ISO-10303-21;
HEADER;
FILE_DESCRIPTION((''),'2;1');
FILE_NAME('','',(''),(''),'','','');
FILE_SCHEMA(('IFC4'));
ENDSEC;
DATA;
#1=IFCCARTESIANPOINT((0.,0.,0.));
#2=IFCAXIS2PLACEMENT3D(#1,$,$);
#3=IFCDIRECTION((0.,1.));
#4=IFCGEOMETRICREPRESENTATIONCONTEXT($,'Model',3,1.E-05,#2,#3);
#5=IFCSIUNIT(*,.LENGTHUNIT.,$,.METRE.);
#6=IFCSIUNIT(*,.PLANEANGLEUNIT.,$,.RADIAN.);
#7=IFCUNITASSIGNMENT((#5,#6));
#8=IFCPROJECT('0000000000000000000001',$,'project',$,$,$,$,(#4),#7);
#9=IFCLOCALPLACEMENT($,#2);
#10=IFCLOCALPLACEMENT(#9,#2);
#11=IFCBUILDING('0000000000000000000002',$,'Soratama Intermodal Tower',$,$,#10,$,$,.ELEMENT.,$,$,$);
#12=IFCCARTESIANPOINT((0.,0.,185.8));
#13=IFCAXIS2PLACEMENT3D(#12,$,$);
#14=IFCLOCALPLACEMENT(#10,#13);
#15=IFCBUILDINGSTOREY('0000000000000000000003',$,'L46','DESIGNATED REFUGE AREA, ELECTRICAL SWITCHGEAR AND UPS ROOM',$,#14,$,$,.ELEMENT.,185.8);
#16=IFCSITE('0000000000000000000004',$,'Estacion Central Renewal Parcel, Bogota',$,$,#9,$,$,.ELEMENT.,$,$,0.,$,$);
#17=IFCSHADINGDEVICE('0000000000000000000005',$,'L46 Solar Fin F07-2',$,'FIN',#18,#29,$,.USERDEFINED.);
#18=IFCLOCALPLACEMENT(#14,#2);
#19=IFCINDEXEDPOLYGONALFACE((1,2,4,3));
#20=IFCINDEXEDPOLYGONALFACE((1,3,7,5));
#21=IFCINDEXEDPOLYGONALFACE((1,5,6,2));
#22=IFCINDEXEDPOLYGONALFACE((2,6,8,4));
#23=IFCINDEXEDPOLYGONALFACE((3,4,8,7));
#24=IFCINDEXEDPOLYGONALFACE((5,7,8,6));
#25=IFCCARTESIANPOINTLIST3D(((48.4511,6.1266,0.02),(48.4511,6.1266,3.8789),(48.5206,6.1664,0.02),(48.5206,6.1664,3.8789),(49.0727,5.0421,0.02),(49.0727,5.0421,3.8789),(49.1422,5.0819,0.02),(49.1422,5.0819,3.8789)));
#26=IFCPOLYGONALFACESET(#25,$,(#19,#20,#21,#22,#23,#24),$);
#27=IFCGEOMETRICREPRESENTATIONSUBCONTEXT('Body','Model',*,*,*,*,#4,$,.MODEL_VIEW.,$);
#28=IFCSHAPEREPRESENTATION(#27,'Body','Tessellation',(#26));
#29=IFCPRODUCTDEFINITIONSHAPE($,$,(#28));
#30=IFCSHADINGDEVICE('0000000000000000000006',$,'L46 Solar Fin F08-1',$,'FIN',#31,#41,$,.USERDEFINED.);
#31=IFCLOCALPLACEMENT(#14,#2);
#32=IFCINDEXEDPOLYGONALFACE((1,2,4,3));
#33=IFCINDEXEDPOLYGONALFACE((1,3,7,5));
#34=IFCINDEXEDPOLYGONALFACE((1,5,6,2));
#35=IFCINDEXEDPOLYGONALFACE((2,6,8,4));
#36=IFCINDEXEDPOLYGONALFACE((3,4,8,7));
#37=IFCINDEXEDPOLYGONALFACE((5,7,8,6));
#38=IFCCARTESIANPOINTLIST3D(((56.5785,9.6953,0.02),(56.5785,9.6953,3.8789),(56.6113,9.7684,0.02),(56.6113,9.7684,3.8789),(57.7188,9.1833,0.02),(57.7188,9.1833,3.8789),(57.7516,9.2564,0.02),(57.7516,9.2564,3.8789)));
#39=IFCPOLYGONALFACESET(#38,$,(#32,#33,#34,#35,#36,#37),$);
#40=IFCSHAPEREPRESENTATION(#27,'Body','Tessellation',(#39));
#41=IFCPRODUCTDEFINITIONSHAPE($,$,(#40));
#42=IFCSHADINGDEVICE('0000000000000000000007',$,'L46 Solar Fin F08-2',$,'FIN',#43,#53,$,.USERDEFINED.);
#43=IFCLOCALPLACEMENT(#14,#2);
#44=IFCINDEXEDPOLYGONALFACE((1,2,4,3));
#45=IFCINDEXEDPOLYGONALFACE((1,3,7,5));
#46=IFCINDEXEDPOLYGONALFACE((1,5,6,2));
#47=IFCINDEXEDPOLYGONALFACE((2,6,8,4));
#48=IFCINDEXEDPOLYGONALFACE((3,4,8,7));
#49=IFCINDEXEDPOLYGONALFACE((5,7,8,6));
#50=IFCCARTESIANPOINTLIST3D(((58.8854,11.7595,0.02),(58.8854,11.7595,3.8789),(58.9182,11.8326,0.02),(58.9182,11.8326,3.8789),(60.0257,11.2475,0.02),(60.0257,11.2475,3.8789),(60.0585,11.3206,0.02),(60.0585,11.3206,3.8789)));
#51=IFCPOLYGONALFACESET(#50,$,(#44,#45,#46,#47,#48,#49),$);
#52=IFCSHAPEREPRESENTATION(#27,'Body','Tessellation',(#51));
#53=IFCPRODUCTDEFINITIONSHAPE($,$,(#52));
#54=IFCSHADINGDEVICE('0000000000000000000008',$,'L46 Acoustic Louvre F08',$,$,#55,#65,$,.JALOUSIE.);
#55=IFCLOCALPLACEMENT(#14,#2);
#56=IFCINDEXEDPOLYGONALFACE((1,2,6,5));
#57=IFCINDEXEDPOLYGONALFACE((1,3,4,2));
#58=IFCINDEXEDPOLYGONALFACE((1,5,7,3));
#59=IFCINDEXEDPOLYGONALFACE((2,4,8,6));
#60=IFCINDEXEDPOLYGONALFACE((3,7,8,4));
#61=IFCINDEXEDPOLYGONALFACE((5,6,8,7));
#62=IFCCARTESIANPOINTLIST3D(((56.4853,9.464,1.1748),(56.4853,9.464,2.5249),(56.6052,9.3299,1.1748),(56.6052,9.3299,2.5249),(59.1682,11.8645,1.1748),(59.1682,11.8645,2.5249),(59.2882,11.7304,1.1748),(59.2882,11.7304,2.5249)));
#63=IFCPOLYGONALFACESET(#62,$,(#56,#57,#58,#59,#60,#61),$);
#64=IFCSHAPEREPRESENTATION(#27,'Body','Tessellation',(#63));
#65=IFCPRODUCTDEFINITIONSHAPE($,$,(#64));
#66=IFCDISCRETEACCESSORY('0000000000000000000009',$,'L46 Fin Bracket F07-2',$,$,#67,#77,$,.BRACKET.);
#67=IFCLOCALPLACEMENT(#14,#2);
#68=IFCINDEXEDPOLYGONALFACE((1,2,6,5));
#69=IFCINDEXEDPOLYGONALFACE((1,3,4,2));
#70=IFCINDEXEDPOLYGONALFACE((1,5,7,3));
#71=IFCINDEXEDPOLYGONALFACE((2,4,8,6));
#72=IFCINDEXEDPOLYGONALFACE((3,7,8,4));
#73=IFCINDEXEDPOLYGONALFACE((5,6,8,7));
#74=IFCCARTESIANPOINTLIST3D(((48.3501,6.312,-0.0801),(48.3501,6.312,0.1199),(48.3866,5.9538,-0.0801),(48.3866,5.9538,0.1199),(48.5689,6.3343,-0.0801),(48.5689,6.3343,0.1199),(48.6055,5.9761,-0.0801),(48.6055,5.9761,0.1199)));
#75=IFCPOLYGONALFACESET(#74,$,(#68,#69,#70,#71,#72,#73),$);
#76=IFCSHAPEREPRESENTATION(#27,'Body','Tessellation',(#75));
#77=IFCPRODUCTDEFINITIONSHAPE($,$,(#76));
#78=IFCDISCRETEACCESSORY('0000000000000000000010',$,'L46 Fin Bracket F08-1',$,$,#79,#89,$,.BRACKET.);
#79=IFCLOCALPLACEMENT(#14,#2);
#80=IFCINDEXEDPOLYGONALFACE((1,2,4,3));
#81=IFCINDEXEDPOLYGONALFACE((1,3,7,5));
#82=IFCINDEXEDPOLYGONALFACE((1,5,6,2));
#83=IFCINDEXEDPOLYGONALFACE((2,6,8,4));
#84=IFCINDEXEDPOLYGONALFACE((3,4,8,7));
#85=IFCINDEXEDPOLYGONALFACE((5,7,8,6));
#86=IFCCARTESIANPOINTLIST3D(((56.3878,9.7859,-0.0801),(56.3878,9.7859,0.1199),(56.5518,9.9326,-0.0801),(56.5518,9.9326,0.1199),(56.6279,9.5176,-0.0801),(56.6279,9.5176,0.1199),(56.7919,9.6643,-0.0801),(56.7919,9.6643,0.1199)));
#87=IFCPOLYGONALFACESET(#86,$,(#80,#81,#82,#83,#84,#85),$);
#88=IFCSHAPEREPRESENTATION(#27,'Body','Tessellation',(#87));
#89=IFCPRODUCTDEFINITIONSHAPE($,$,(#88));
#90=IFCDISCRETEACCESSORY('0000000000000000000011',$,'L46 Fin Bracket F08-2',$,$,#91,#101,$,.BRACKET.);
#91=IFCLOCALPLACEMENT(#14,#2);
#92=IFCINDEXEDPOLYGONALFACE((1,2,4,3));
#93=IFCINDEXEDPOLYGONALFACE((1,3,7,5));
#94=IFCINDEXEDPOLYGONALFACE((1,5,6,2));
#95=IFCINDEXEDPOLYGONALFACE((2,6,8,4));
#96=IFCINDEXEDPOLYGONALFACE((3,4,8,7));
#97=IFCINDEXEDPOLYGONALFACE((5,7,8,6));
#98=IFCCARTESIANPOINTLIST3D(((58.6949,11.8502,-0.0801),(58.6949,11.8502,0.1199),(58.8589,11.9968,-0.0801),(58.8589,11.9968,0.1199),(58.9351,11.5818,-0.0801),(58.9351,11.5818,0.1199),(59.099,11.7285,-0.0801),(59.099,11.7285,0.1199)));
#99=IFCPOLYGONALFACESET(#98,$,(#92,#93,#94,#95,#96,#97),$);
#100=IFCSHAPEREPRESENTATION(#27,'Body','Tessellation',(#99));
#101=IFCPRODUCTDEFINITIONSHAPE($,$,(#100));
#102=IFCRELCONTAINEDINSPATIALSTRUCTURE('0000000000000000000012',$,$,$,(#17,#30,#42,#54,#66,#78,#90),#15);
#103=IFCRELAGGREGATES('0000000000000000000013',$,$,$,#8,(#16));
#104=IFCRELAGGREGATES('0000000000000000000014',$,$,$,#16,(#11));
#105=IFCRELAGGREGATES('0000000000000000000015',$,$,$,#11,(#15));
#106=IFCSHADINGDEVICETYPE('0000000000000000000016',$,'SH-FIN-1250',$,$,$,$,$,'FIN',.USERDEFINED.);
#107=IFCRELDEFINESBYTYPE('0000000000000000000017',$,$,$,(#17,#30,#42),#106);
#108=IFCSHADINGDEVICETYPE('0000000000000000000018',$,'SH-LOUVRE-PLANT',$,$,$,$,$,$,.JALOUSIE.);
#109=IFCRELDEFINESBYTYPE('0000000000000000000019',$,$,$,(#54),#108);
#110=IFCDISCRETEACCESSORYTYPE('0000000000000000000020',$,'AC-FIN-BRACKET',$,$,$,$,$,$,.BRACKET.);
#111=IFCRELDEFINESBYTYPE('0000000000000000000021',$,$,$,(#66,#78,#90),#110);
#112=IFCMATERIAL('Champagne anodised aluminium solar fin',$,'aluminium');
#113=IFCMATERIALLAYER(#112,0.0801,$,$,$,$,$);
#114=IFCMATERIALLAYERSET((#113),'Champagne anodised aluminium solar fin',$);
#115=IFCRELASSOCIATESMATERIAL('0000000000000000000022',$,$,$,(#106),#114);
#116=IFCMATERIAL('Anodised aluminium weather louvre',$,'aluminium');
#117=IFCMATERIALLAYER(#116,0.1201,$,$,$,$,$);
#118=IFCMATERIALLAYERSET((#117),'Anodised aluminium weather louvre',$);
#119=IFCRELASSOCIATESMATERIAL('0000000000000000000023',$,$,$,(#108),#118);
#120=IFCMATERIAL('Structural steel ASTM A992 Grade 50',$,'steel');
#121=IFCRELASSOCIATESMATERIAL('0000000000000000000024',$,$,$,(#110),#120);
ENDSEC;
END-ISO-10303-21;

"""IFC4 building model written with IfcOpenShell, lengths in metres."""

from ifc_helpers import new_model, si_unit, direction, frame, origin, origin_2d, place, context, subcontext, project, spatial, rectangle, extrude, material, layer, layer_set, type_object, element, save


model = new_model("IFC4")

# Units and contexts
model_context = context("Model", 3, precision=1e-05, world=origin(), true_north=direction((0.0, 1.0)))
body_context = subcontext(model_context, "Body", "Model", "MODEL_VIEW")
ifc_project = project(units=[si_unit("LENGTHUNIT", "METRE"), si_unit("PLANEANGLEUNIT", "RADIAN")], contexts=[model_context])

# Site, building, storey
site_placement = place(None, origin())
site = spatial("IfcSite", under=ifc_project, at=site_placement, Name="Estacion Central Renewal Parcel, Bogota", CompositionType="ELEMENT", RefElevation=0.0)
building_placement = place(site_placement, origin())
building = spatial("IfcBuilding", under=site, at=building_placement, Name="Soratama Intermodal Tower", CompositionType="ELEMENT")
storey_placement = place(building_placement, frame((0.0, 0.0, 185.8)))
storey = spatial("IfcBuildingStorey", under=building, at=storey_placement, Name="L46", Description="DESIGNATED REFUGE AREA, ELECTRICAL SWITCHGEAR AND UPS ROOM", CompositionType="ELEMENT", Elevation=185.8)

# Shading devices
ifc_material_1 = material(Name="Champagne anodised aluminium solar fin", Category="aluminium")
ifc_layer_1 = layer(ifc_material_1, 0.0801)
ifc_layer_set_1 = layer_set([ifc_layer_1], Name="Champagne anodised aluminium solar fin")
shading_device_type_1 = type_object("IfcShadingDeviceType", Name="SH-FIN-1250", ElementType="FIN", PredefinedType="USERDEFINED", material=ifc_layer_set_1)
for number, where, z_axis, x_axis, name in (
    (1, (48.7966, 5.6042, 0.02), (0.0, 0.0, 1.0), (0.497277, -0.867592, 0.0), "L46 Solar Fin F07-2"),
    (2, (57.165, 9.4758, 0.02), (0.0, 0.0, 1.0), (0.912263, -0.409605, 0.0), "L46 Solar Fin F08-1"),
    (3, (59.4719, 11.54, 0.02), (0.0, 0.0, 1.0), (0.912263, -0.409605, 0.0), "L46 Solar Fin F08-2"),
):
    element("IfcShadingDevice", number, at=place(storey_placement, frame(where, z_axis=z_axis, x_axis=x_axis)), inside=storey, type_object=shading_device_type_1, Name=name, ObjectType="FIN", PredefinedType="USERDEFINED", context=body_context, shape_type="SweptSolid", body=[
        extrude(rectangle(XDim=1.25, YDim=0.0801, at=origin_2d()), origin(), (0.0, 0.0, 1.0), 3.8589),
    ])
ifc_material_2 = material(Name="Anodised aluminium weather louvre", Category="aluminium")
ifc_layer_2 = layer(ifc_material_2, 0.1201)
ifc_layer_set_2 = layer_set([ifc_layer_2], Name="Anodised aluminium weather louvre")
shading_device_type_2 = type_object("IfcShadingDeviceType", Name="SH-LOUVRE-PLANT", PredefinedType="JALOUSIE", material=ifc_layer_set_2)
shading_device_placement = place(storey_placement, frame((57.8867, 10.5972, 1.1748), z_axis=(0.0, 0.0, 1.0), x_axis=(0.745243, 0.666793, 0.0)))
element("IfcShadingDevice", 4, at=shading_device_placement, inside=storey, type_object=shading_device_type_2, Name="L46 Acoustic Louvre F08", PredefinedType="JALOUSIE", context=body_context, shape_type="SweptSolid", body=[
    extrude(rectangle(XDim=3.6001, YDim=0.1799, at=origin_2d()), origin(), (0.0, 0.0, 1.0), 1.3501),
])

# Discrete accessories
ifc_material_3 = material(Name="Structural steel ASTM A992 Grade 50", Category="steel")
discrete_accessory_type = type_object("IfcDiscreteAccessoryType", Name="AC-FIN-BRACKET", PredefinedType="BRACKET", material=ifc_material_3)
for number, where, z_axis, x_axis, name in (
    (5, (48.4778, 6.144, -0.0801), (0.0, 0.0, 1.0), (0.101404, -0.994845, 0.0), "L46 Fin Bracket F07-2"),
    (6, (56.5898, 9.7251, -0.0801), (0.0, 0.0, 1.0), (0.666793, -0.745243, 0.0), "L46 Fin Bracket F08-1"),
    (7, (58.897, 11.7893, -0.0801), (0.0, 0.0, 1.0), (0.666793, -0.745243, 0.0), "L46 Fin Bracket F08-2"),
):
    element("IfcDiscreteAccessory", number, at=place(storey_placement, frame(where, z_axis=z_axis, x_axis=x_axis)), inside=storey, type_object=discrete_accessory_type, Name=name, PredefinedType="BRACKET", context=body_context, shape_type="SweptSolid", body=[
        extrude(rectangle(XDim=0.3601, YDim=0.22, at=origin_2d()), origin(), (0.0, 0.0, 1.0), 0.2),
    ])

save(model, "model.ifc")
